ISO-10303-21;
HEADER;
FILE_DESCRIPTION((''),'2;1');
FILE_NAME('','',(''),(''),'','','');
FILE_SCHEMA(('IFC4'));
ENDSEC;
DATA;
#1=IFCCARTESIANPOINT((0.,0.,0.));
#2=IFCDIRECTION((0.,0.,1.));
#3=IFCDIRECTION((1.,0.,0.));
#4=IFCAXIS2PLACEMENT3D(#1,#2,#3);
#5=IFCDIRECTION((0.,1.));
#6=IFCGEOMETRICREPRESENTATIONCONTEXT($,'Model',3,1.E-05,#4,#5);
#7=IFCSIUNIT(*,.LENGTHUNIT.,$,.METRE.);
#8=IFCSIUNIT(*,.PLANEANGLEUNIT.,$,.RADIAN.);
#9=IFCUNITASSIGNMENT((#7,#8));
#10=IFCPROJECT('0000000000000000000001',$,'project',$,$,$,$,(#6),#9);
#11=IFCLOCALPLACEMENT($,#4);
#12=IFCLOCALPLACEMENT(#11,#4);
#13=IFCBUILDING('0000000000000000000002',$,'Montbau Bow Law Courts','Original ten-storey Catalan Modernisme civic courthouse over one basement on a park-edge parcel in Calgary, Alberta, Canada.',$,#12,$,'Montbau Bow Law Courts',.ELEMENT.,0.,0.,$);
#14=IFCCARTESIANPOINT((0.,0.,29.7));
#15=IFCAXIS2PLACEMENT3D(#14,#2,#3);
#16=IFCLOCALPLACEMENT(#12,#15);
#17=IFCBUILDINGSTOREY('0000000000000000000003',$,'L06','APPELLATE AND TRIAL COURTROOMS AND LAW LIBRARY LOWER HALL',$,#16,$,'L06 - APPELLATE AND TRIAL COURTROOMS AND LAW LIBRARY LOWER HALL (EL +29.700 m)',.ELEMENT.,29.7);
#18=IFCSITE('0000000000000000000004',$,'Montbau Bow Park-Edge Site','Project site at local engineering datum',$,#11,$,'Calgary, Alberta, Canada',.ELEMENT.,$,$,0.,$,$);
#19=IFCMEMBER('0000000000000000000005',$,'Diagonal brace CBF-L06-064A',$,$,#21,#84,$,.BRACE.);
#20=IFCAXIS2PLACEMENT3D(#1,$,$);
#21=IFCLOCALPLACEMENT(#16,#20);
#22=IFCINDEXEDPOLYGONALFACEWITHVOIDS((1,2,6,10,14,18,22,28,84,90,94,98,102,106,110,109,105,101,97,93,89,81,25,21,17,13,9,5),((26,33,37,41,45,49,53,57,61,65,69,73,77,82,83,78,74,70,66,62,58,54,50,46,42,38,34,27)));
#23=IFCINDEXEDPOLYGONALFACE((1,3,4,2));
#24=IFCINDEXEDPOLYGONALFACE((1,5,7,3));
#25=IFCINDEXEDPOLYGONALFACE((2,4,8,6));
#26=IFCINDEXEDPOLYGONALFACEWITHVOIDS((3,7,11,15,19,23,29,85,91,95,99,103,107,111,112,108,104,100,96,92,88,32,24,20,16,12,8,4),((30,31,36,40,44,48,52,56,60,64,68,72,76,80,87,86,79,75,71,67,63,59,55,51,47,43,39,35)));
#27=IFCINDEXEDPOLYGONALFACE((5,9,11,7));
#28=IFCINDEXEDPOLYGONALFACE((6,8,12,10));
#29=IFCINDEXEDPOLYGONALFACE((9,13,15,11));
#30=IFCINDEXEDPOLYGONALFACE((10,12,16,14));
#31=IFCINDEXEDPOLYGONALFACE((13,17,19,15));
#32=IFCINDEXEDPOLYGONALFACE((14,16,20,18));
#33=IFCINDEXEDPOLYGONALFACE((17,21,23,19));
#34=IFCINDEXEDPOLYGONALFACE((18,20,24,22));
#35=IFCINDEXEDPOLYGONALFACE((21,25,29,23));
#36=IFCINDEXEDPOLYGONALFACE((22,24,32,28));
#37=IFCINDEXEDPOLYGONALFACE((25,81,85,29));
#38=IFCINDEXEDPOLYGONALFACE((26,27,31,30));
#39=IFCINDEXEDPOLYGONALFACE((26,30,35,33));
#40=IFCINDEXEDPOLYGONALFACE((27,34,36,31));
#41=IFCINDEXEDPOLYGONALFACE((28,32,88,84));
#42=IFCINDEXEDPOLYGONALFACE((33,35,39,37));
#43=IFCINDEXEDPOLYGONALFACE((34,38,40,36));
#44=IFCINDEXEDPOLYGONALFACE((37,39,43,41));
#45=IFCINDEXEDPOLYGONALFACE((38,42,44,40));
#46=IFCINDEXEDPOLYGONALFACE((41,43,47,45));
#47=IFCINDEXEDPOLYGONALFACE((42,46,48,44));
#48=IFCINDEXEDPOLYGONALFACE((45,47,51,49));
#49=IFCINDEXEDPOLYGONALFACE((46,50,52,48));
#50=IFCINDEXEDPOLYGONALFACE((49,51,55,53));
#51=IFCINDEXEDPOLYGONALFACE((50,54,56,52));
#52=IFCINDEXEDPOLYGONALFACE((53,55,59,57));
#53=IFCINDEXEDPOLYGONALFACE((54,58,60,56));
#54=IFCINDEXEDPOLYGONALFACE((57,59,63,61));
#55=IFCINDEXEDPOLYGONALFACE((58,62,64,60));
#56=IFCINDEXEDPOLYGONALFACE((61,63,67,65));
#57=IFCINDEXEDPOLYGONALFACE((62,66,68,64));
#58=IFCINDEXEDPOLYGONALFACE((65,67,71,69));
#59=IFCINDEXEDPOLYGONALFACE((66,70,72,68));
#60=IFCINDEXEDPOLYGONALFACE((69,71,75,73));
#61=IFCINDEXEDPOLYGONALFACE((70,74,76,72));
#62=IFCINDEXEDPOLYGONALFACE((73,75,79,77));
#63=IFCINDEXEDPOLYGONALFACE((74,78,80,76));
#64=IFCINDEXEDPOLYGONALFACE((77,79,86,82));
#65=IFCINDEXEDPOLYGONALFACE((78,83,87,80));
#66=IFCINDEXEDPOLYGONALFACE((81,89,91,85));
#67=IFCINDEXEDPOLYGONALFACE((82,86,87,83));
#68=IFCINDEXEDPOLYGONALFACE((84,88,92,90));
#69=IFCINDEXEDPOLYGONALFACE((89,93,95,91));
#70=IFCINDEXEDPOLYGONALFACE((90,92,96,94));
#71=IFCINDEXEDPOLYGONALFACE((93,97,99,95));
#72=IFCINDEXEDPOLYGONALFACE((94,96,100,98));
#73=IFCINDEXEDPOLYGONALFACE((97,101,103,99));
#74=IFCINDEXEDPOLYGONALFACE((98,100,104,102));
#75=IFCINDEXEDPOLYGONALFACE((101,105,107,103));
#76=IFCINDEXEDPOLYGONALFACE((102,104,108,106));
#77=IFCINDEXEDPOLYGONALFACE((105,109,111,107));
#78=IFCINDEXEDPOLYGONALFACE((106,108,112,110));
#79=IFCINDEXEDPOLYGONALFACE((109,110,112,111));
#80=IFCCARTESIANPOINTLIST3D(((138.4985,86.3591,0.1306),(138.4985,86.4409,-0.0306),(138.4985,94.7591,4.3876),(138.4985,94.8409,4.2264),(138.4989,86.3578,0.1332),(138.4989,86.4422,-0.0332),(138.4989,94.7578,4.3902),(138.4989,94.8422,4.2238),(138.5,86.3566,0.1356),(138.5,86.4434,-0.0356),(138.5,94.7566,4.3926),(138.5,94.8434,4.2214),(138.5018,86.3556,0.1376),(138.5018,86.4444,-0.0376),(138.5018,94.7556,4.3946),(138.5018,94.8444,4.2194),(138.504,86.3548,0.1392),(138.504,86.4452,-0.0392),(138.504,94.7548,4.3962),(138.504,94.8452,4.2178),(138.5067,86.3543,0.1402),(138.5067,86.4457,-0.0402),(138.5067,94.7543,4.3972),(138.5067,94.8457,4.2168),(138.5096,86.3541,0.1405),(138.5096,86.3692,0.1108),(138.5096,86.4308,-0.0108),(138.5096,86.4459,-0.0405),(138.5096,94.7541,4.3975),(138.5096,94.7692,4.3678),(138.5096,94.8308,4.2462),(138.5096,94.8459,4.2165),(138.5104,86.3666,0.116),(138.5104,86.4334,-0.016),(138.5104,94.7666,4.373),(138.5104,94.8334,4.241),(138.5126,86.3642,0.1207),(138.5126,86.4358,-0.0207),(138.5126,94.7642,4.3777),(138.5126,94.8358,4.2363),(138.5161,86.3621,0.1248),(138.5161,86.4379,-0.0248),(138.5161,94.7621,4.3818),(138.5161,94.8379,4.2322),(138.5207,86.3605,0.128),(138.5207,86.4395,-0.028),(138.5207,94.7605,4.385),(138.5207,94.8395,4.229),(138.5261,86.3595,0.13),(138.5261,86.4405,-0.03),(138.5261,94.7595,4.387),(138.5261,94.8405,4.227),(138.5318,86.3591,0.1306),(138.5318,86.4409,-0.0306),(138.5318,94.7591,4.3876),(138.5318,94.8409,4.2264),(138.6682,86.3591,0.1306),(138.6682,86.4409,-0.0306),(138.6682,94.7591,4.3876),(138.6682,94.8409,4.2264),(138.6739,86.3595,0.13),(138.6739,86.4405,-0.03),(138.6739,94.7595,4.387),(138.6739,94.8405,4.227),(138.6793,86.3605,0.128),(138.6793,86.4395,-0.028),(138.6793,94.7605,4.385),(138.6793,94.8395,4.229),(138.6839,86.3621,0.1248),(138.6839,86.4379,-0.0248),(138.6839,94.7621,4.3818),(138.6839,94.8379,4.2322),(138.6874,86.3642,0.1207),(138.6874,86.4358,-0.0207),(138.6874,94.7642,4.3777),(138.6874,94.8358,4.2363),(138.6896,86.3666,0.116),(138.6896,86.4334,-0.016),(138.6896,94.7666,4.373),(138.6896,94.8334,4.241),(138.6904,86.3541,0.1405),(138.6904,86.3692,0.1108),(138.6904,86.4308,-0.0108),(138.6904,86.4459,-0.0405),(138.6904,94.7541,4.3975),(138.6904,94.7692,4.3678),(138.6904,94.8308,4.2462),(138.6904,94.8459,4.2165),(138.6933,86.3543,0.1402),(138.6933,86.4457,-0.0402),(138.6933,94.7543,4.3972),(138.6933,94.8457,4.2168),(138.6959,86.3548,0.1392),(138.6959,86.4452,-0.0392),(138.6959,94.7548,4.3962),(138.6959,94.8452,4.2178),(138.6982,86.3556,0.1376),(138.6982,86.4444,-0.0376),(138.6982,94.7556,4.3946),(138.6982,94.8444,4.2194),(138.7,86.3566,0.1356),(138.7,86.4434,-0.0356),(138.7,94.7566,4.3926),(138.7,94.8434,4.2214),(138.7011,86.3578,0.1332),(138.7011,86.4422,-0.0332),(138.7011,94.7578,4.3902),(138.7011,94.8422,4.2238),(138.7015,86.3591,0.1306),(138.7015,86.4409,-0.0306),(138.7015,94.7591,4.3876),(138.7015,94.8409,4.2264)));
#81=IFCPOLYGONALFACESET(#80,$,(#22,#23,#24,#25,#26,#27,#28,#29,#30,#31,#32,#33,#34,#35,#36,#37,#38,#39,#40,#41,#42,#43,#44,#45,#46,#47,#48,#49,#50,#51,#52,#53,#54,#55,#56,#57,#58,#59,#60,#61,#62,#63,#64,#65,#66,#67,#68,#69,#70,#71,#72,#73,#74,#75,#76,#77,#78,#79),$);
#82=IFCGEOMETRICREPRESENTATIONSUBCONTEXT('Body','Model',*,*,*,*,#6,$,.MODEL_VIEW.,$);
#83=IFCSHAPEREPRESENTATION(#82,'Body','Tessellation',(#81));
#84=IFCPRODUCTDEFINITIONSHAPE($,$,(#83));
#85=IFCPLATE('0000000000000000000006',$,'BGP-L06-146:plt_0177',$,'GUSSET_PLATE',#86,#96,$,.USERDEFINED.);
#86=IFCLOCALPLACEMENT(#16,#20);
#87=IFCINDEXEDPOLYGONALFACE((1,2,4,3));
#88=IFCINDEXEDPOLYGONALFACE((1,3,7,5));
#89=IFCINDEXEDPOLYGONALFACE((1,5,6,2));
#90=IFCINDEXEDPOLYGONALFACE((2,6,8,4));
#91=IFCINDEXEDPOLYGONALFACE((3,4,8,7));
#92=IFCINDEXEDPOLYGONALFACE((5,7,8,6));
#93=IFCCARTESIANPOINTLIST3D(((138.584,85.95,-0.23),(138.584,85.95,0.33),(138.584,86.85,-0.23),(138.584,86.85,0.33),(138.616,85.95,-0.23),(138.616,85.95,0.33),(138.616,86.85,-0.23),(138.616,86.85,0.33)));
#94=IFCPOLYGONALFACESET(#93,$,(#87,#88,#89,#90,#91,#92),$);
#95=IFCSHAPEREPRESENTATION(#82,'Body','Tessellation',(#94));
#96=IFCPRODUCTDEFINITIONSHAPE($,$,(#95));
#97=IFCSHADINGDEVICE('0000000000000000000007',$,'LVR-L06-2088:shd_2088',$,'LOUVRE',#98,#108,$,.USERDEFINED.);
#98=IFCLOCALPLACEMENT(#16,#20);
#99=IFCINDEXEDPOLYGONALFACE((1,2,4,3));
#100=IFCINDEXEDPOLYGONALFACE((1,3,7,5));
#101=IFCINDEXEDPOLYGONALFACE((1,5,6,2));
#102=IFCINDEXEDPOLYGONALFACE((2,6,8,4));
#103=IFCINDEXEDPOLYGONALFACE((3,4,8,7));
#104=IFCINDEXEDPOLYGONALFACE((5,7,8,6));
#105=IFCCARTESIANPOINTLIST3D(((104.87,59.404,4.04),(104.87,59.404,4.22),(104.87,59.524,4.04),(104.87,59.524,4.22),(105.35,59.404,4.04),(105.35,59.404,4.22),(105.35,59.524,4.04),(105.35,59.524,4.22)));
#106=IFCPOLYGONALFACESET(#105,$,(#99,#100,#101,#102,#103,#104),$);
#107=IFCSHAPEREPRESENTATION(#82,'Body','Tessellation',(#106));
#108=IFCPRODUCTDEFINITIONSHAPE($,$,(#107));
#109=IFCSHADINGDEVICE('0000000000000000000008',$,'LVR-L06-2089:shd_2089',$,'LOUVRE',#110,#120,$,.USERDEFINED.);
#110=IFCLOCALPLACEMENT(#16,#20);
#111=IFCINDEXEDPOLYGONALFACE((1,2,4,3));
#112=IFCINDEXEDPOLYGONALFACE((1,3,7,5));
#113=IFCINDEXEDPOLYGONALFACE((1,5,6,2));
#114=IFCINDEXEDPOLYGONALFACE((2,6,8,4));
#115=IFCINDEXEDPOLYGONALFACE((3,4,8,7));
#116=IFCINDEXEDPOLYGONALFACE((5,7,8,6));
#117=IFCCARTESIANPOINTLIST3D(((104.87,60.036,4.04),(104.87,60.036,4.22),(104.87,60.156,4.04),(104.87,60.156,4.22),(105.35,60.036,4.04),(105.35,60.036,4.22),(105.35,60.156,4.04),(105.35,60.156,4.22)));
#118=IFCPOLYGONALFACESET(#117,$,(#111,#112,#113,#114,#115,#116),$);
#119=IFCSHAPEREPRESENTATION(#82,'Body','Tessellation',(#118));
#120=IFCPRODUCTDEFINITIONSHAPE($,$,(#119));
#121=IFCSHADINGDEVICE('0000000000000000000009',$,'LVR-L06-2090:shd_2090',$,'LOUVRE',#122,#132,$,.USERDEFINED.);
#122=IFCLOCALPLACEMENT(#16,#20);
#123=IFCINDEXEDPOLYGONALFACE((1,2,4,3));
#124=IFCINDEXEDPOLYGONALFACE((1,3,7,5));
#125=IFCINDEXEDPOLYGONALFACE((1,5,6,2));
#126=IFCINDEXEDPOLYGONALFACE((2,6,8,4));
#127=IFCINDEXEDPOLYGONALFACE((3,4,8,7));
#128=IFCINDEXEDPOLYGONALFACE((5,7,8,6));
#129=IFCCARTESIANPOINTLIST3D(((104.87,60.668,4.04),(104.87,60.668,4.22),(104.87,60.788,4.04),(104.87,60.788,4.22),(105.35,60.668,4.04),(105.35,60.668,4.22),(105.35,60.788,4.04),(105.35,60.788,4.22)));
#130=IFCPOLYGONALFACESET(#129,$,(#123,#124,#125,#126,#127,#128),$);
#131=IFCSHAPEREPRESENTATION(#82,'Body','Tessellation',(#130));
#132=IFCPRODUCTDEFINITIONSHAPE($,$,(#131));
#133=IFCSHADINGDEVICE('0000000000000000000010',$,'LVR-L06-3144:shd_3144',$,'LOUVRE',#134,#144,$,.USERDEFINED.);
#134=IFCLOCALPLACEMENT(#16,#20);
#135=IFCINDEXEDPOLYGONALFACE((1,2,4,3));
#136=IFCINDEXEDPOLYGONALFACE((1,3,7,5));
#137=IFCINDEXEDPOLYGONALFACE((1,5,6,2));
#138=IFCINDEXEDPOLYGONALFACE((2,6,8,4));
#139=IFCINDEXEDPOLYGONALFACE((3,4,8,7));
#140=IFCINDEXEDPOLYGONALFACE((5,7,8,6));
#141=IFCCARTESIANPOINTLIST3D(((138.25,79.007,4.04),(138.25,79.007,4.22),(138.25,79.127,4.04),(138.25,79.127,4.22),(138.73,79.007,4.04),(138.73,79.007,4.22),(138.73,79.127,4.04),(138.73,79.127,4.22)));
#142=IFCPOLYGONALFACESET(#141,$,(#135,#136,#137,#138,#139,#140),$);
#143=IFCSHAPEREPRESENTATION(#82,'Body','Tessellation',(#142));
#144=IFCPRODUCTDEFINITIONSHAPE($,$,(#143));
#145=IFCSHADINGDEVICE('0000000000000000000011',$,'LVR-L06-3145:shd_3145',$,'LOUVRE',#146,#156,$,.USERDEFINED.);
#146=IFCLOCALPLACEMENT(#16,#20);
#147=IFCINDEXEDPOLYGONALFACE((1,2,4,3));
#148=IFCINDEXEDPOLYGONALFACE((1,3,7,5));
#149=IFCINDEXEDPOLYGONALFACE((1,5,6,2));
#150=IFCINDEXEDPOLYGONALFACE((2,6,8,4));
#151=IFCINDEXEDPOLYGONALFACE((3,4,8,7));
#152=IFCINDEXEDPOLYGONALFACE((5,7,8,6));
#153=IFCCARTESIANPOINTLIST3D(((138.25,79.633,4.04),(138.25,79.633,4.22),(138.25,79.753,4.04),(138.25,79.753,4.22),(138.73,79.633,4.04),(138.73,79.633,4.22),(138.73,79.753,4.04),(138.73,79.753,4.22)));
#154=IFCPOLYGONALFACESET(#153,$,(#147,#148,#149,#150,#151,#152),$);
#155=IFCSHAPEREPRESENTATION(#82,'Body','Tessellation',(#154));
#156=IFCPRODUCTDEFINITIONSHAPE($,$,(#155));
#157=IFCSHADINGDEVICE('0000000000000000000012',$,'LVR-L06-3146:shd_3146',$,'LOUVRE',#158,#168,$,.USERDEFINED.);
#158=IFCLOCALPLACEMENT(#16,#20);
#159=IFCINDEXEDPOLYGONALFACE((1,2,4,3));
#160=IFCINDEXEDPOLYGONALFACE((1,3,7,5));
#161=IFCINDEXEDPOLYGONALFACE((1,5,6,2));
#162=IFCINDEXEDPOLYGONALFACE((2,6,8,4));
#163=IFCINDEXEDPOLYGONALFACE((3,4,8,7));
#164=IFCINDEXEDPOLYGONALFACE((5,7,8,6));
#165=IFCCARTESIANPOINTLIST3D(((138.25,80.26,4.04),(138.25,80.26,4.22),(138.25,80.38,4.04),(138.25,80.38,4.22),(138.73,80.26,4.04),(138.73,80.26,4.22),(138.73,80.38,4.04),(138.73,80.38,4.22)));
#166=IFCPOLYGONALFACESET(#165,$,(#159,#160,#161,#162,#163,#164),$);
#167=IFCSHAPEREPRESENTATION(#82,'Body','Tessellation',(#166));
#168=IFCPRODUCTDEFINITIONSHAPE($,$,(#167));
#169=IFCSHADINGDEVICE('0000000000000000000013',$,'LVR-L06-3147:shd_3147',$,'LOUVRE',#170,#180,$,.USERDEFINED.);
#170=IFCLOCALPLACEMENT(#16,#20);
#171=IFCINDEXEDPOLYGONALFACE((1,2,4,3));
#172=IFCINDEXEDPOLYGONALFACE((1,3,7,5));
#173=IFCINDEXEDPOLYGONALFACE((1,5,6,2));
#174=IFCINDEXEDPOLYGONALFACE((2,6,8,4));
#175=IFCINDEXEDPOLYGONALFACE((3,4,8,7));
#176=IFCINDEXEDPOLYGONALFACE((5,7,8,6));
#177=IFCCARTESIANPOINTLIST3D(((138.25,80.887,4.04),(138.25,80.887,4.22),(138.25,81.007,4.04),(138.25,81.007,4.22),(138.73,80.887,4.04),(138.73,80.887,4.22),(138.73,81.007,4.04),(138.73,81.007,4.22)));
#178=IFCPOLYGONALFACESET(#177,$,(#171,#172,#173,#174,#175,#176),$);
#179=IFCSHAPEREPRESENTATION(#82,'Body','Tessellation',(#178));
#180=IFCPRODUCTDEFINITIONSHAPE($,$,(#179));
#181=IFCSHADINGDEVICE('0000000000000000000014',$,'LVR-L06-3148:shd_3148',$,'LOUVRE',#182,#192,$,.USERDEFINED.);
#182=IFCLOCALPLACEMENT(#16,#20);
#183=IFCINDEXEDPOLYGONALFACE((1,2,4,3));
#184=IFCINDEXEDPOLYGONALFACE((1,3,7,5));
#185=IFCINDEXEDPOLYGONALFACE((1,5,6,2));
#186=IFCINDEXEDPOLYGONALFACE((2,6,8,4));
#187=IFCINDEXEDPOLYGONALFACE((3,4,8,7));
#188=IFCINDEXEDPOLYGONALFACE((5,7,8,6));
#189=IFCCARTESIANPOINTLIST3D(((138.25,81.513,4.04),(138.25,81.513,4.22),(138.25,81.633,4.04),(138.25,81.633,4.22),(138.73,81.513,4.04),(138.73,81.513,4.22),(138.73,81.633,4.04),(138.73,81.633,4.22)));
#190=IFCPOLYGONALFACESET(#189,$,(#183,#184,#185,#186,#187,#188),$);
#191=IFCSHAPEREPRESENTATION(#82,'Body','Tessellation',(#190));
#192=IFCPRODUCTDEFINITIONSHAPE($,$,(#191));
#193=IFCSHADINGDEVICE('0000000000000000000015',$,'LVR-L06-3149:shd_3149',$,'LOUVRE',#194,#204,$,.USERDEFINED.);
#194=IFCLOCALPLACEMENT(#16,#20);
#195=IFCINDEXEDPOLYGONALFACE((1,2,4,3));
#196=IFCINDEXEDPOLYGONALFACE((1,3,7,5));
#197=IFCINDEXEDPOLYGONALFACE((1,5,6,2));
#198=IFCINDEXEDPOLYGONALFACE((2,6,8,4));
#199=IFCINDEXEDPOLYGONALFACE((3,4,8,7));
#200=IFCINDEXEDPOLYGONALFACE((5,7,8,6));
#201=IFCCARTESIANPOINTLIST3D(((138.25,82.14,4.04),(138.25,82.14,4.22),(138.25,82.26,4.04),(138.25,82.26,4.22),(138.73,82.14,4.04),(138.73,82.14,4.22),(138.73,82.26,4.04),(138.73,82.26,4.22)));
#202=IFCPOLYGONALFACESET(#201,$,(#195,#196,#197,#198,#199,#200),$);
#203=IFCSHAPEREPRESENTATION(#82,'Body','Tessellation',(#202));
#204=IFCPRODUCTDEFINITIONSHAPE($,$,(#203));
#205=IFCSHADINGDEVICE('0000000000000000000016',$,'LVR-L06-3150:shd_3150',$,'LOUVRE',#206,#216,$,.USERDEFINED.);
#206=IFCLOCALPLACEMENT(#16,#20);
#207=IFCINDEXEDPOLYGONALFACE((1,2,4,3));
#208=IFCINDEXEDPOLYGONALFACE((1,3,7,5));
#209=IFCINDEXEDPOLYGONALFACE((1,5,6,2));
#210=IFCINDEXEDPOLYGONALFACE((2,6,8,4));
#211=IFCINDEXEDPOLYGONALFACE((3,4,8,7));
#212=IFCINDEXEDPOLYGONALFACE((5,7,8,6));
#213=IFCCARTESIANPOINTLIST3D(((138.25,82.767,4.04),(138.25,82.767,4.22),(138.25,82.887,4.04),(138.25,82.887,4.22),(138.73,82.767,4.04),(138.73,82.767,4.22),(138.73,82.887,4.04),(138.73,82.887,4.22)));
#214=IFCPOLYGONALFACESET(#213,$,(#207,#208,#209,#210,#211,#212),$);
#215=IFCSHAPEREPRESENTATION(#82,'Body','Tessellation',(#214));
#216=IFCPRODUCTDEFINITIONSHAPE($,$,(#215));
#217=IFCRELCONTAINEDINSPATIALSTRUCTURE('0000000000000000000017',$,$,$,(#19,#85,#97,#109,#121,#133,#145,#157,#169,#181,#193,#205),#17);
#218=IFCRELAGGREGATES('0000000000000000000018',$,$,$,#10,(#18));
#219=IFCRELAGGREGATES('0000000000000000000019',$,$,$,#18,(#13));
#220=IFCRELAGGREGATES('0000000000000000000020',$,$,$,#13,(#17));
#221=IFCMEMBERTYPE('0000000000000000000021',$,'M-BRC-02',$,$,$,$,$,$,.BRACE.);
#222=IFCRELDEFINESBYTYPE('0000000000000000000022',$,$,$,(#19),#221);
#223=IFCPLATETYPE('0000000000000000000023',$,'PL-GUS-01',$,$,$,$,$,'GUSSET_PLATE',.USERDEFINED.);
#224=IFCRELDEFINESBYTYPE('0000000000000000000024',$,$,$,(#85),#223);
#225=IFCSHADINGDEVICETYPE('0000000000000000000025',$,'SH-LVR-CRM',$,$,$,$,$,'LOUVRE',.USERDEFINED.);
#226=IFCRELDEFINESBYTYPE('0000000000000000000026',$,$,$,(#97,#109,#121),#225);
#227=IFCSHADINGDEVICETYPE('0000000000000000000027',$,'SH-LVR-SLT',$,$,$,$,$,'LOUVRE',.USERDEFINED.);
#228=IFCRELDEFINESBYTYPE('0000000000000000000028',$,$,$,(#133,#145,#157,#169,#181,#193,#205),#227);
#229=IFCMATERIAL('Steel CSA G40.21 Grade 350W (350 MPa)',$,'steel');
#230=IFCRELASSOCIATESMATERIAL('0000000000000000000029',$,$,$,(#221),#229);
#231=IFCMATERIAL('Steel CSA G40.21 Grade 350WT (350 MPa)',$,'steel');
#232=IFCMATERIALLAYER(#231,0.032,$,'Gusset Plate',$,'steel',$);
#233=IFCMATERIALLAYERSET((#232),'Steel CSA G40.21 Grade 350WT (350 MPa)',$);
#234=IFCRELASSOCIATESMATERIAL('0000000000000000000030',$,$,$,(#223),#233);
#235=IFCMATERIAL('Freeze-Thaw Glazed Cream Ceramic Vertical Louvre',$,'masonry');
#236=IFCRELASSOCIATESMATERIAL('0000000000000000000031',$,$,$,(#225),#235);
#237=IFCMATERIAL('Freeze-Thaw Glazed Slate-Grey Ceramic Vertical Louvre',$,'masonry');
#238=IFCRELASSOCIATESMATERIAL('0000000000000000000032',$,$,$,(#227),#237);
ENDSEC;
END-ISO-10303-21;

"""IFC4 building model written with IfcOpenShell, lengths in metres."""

from ifc_helpers import new_model, si_unit, direction, frame, origin_with_axes, origin_2d_with_axis, place, context, subcontext, project, spatial, rectangle, hollow_rectangle, extrude, material, layer, layer_set, material_profile, profile_set, type_object, element, save


model = new_model("IFC4")

# Units and contexts
model_context = context("Model", 3, precision=1e-05, world=origin_with_axes(), true_north=direction((0.0, 1.0)))
body_context = subcontext(model_context, "Body", "Model", "MODEL_VIEW")
ifc_project = project(units=[si_unit("LENGTHUNIT", "METRE"), si_unit("PLANEANGLEUNIT", "RADIAN")], contexts=[model_context])

# Site, building, storey
site_placement = place(None, origin_with_axes())
site = spatial("IfcSite", under=ifc_project, at=site_placement, Name="Montbau Bow Park-Edge Site", Description="Project site at local engineering datum", LongName="Calgary, Alberta, Canada", CompositionType="ELEMENT", RefElevation=0.0)
building_placement = place(site_placement, origin_with_axes())
building = spatial("IfcBuilding", under=site, at=building_placement, Name="Montbau Bow Law Courts", Description="Original ten-storey Catalan Modernisme civic courthouse over one basement on a park-edge parcel in Calgary, Alberta, Canada.", LongName="Montbau Bow Law Courts", CompositionType="ELEMENT", ElevationOfRefHeight=0.0, ElevationOfTerrain=0.0)
storey_placement = place(building_placement, frame((0.0, 0.0, 29.7), z_axis=(0.0, 0.0, 1.0), x_axis=(1.0, 0.0, 0.0)))
storey = spatial("IfcBuildingStorey", under=building, at=storey_placement, Name="L06", Description="APPELLATE AND TRIAL COURTROOMS AND LAW LIBRARY LOWER HALL", LongName="L06 - APPELLATE AND TRIAL COURTROOMS AND LAW LIBRARY LOWER HALL (EL +29.700 m)", CompositionType="ELEMENT", Elevation=29.7)

# Shared definitions
ifc_material_1 = material(Name="Steel CSA G40.21 Grade 350W (350 MPa)", Category="steel")
ifc_material_2 = material(Name="Steel CSA G40.21 Grade 350WT (350 MPa)", Category="steel")

# Member
ifc_material_profile_1 = material_profile(ifc_material_1, hollow_rectangle(XDim=0.203, YDim=0.203, WallThickness=0.0111, InnerFilletRadius=0.0222, OuterFilletRadius=0.0111, at=origin_2d_with_axis()), Name="HSS203X203X11", Category="Main", Priority=0)
ifc_profile_set_1 = profile_set([ifc_material_profile_1], Name="Steel CSA G40.21 Grade 350W (350 MPa)")
member_type = type_object("IfcMemberType", Name="M-BRC-02", PredefinedType="BRACE", material=ifc_profile_set_1)
member_placement = place(None, frame((138.6, 86.4, 29.75), z_axis=(0.0, 0.891993, 0.452049), x_axis=(-1.0, 0.0, 0.0)))
element("IfcMember", 1, at=member_placement, inside=storey, type_object=member_type, Name="Diagonal brace CBF-L06-064A", PredefinedType="BRACE", context=body_context, shape_type="SweptSolid", body=[
    extrude(hollow_rectangle(XDim=0.203, YDim=0.203, WallThickness=0.0111, InnerFilletRadius=0.0222, OuterFilletRadius=0.0111, at=origin_2d_with_axis()), origin_with_axes(), (0.0, 0.0, 1.0), 9.4171),
])

# Plate
ifc_layer = layer(ifc_material_2, 0.032, Name="Gusset Plate", Category="steel")
ifc_layer_set = layer_set([ifc_layer], Name="Steel CSA G40.21 Grade 350WT (350 MPa)")
plate_type = type_object("IfcPlateType", Name="PL-GUS-01", ElementType="GUSSET_PLATE", PredefinedType="USERDEFINED", material=ifc_layer_set)
plate_placement = place(None, frame((138.6, 86.4, 29.47), z_axis=(0.0, 0.0, 1.0), x_axis=(0.0, 1.0, 0.0)))
element("IfcPlate", 2, at=plate_placement, inside=storey, type_object=plate_type, Name="BGP-L06-146:plt_0177", ObjectType="GUSSET_PLATE", PredefinedType="USERDEFINED", context=body_context, shape_type="SweptSolid", body=[
    extrude(rectangle(XDim=0.9, YDim=0.032, at=origin_2d_with_axis()), origin_with_axes(), (0.0, 0.0, 1.0), 0.56),
])

# Shading devices
ifc_material_3 = material(Name="Freeze-Thaw Glazed Cream Ceramic Vertical Louvre", Category="masonry")
shading_device_type_1 = type_object("IfcShadingDeviceType", Name="SH-LVR-CRM", ElementType="LOUVRE", PredefinedType="USERDEFINED", material=ifc_material_3)
for number, where, z_axis, x_axis, name in (
    (3, (105.11, 59.464, 33.74), (0.0, 0.0, 1.0), (1.0, 0.0, 0.0), "LVR-L06-2088:shd_2088"),
    (4, (105.11, 60.096, 33.74), (0.0, 0.0, 1.0), (1.0, 0.0, 0.0), "LVR-L06-2089:shd_2089"),
    (5, (105.11, 60.728, 33.74), (0.0, 0.0, 1.0), (1.0, 0.0, 0.0), "LVR-L06-2090:shd_2090"),
):
    element("IfcShadingDevice", number, at=place(None, frame(where, z_axis=z_axis, x_axis=x_axis)), inside=storey, type_object=shading_device_type_1, Name=name, ObjectType="LOUVRE", PredefinedType="USERDEFINED", context=body_context, shape_type="SweptSolid", body=[
        extrude(rectangle(XDim=0.48, YDim=0.12, at=origin_2d_with_axis()), origin_with_axes(), (0.0, 0.0, 1.0), 0.18),
    ])
ifc_material_4 = material(Name="Freeze-Thaw Glazed Slate-Grey Ceramic Vertical Louvre", Category="masonry")
shading_device_type_2 = type_object("IfcShadingDeviceType", Name="SH-LVR-SLT", ElementType="LOUVRE", PredefinedType="USERDEFINED", material=ifc_material_4)
for number, where, z_axis, x_axis, name in (
    (6, (138.49, 79.067, 33.74), (0.0, 0.0, 1.0), (-1.0, 0.0, 0.0), "LVR-L06-3144:shd_3144"),
    (7, (138.49, 79.693, 33.74), (0.0, 0.0, 1.0), (-1.0, 0.0, 0.0), "LVR-L06-3145:shd_3145"),
    (8, (138.49, 80.32, 33.74), (0.0, 0.0, 1.0), (-1.0, 0.0, 0.0), "LVR-L06-3146:shd_3146"),
    (9, (138.49, 80.947, 33.74), (0.0, 0.0, 1.0), (-1.0, 0.0, 0.0), "LVR-L06-3147:shd_3147"),
    (10, (138.49, 81.573, 33.74), (0.0, 0.0, 1.0), (-1.0, 0.0, 0.0), "LVR-L06-3148:shd_3148"),
    (11, (138.49, 82.2, 33.74), (0.0, 0.0, 1.0), (-1.0, 0.0, 0.0), "LVR-L06-3149:shd_3149"),
    (12, (138.49, 82.827, 33.74), (0.0, 0.0, 1.0), (-1.0, 0.0, 0.0), "LVR-L06-3150:shd_3150"),
):
    element("IfcShadingDevice", number, at=place(None, frame(where, z_axis=z_axis, x_axis=x_axis)), inside=storey, type_object=shading_device_type_2, Name=name, ObjectType="LOUVRE", PredefinedType="USERDEFINED", context=body_context, shape_type="SweptSolid", body=[
        extrude(rectangle(XDim=0.48, YDim=0.12, at=origin_2d_with_axis()), origin_with_axes(), (0.0, 0.0, 1.0), 0.18),
    ])

save(model, "model.ifc")
